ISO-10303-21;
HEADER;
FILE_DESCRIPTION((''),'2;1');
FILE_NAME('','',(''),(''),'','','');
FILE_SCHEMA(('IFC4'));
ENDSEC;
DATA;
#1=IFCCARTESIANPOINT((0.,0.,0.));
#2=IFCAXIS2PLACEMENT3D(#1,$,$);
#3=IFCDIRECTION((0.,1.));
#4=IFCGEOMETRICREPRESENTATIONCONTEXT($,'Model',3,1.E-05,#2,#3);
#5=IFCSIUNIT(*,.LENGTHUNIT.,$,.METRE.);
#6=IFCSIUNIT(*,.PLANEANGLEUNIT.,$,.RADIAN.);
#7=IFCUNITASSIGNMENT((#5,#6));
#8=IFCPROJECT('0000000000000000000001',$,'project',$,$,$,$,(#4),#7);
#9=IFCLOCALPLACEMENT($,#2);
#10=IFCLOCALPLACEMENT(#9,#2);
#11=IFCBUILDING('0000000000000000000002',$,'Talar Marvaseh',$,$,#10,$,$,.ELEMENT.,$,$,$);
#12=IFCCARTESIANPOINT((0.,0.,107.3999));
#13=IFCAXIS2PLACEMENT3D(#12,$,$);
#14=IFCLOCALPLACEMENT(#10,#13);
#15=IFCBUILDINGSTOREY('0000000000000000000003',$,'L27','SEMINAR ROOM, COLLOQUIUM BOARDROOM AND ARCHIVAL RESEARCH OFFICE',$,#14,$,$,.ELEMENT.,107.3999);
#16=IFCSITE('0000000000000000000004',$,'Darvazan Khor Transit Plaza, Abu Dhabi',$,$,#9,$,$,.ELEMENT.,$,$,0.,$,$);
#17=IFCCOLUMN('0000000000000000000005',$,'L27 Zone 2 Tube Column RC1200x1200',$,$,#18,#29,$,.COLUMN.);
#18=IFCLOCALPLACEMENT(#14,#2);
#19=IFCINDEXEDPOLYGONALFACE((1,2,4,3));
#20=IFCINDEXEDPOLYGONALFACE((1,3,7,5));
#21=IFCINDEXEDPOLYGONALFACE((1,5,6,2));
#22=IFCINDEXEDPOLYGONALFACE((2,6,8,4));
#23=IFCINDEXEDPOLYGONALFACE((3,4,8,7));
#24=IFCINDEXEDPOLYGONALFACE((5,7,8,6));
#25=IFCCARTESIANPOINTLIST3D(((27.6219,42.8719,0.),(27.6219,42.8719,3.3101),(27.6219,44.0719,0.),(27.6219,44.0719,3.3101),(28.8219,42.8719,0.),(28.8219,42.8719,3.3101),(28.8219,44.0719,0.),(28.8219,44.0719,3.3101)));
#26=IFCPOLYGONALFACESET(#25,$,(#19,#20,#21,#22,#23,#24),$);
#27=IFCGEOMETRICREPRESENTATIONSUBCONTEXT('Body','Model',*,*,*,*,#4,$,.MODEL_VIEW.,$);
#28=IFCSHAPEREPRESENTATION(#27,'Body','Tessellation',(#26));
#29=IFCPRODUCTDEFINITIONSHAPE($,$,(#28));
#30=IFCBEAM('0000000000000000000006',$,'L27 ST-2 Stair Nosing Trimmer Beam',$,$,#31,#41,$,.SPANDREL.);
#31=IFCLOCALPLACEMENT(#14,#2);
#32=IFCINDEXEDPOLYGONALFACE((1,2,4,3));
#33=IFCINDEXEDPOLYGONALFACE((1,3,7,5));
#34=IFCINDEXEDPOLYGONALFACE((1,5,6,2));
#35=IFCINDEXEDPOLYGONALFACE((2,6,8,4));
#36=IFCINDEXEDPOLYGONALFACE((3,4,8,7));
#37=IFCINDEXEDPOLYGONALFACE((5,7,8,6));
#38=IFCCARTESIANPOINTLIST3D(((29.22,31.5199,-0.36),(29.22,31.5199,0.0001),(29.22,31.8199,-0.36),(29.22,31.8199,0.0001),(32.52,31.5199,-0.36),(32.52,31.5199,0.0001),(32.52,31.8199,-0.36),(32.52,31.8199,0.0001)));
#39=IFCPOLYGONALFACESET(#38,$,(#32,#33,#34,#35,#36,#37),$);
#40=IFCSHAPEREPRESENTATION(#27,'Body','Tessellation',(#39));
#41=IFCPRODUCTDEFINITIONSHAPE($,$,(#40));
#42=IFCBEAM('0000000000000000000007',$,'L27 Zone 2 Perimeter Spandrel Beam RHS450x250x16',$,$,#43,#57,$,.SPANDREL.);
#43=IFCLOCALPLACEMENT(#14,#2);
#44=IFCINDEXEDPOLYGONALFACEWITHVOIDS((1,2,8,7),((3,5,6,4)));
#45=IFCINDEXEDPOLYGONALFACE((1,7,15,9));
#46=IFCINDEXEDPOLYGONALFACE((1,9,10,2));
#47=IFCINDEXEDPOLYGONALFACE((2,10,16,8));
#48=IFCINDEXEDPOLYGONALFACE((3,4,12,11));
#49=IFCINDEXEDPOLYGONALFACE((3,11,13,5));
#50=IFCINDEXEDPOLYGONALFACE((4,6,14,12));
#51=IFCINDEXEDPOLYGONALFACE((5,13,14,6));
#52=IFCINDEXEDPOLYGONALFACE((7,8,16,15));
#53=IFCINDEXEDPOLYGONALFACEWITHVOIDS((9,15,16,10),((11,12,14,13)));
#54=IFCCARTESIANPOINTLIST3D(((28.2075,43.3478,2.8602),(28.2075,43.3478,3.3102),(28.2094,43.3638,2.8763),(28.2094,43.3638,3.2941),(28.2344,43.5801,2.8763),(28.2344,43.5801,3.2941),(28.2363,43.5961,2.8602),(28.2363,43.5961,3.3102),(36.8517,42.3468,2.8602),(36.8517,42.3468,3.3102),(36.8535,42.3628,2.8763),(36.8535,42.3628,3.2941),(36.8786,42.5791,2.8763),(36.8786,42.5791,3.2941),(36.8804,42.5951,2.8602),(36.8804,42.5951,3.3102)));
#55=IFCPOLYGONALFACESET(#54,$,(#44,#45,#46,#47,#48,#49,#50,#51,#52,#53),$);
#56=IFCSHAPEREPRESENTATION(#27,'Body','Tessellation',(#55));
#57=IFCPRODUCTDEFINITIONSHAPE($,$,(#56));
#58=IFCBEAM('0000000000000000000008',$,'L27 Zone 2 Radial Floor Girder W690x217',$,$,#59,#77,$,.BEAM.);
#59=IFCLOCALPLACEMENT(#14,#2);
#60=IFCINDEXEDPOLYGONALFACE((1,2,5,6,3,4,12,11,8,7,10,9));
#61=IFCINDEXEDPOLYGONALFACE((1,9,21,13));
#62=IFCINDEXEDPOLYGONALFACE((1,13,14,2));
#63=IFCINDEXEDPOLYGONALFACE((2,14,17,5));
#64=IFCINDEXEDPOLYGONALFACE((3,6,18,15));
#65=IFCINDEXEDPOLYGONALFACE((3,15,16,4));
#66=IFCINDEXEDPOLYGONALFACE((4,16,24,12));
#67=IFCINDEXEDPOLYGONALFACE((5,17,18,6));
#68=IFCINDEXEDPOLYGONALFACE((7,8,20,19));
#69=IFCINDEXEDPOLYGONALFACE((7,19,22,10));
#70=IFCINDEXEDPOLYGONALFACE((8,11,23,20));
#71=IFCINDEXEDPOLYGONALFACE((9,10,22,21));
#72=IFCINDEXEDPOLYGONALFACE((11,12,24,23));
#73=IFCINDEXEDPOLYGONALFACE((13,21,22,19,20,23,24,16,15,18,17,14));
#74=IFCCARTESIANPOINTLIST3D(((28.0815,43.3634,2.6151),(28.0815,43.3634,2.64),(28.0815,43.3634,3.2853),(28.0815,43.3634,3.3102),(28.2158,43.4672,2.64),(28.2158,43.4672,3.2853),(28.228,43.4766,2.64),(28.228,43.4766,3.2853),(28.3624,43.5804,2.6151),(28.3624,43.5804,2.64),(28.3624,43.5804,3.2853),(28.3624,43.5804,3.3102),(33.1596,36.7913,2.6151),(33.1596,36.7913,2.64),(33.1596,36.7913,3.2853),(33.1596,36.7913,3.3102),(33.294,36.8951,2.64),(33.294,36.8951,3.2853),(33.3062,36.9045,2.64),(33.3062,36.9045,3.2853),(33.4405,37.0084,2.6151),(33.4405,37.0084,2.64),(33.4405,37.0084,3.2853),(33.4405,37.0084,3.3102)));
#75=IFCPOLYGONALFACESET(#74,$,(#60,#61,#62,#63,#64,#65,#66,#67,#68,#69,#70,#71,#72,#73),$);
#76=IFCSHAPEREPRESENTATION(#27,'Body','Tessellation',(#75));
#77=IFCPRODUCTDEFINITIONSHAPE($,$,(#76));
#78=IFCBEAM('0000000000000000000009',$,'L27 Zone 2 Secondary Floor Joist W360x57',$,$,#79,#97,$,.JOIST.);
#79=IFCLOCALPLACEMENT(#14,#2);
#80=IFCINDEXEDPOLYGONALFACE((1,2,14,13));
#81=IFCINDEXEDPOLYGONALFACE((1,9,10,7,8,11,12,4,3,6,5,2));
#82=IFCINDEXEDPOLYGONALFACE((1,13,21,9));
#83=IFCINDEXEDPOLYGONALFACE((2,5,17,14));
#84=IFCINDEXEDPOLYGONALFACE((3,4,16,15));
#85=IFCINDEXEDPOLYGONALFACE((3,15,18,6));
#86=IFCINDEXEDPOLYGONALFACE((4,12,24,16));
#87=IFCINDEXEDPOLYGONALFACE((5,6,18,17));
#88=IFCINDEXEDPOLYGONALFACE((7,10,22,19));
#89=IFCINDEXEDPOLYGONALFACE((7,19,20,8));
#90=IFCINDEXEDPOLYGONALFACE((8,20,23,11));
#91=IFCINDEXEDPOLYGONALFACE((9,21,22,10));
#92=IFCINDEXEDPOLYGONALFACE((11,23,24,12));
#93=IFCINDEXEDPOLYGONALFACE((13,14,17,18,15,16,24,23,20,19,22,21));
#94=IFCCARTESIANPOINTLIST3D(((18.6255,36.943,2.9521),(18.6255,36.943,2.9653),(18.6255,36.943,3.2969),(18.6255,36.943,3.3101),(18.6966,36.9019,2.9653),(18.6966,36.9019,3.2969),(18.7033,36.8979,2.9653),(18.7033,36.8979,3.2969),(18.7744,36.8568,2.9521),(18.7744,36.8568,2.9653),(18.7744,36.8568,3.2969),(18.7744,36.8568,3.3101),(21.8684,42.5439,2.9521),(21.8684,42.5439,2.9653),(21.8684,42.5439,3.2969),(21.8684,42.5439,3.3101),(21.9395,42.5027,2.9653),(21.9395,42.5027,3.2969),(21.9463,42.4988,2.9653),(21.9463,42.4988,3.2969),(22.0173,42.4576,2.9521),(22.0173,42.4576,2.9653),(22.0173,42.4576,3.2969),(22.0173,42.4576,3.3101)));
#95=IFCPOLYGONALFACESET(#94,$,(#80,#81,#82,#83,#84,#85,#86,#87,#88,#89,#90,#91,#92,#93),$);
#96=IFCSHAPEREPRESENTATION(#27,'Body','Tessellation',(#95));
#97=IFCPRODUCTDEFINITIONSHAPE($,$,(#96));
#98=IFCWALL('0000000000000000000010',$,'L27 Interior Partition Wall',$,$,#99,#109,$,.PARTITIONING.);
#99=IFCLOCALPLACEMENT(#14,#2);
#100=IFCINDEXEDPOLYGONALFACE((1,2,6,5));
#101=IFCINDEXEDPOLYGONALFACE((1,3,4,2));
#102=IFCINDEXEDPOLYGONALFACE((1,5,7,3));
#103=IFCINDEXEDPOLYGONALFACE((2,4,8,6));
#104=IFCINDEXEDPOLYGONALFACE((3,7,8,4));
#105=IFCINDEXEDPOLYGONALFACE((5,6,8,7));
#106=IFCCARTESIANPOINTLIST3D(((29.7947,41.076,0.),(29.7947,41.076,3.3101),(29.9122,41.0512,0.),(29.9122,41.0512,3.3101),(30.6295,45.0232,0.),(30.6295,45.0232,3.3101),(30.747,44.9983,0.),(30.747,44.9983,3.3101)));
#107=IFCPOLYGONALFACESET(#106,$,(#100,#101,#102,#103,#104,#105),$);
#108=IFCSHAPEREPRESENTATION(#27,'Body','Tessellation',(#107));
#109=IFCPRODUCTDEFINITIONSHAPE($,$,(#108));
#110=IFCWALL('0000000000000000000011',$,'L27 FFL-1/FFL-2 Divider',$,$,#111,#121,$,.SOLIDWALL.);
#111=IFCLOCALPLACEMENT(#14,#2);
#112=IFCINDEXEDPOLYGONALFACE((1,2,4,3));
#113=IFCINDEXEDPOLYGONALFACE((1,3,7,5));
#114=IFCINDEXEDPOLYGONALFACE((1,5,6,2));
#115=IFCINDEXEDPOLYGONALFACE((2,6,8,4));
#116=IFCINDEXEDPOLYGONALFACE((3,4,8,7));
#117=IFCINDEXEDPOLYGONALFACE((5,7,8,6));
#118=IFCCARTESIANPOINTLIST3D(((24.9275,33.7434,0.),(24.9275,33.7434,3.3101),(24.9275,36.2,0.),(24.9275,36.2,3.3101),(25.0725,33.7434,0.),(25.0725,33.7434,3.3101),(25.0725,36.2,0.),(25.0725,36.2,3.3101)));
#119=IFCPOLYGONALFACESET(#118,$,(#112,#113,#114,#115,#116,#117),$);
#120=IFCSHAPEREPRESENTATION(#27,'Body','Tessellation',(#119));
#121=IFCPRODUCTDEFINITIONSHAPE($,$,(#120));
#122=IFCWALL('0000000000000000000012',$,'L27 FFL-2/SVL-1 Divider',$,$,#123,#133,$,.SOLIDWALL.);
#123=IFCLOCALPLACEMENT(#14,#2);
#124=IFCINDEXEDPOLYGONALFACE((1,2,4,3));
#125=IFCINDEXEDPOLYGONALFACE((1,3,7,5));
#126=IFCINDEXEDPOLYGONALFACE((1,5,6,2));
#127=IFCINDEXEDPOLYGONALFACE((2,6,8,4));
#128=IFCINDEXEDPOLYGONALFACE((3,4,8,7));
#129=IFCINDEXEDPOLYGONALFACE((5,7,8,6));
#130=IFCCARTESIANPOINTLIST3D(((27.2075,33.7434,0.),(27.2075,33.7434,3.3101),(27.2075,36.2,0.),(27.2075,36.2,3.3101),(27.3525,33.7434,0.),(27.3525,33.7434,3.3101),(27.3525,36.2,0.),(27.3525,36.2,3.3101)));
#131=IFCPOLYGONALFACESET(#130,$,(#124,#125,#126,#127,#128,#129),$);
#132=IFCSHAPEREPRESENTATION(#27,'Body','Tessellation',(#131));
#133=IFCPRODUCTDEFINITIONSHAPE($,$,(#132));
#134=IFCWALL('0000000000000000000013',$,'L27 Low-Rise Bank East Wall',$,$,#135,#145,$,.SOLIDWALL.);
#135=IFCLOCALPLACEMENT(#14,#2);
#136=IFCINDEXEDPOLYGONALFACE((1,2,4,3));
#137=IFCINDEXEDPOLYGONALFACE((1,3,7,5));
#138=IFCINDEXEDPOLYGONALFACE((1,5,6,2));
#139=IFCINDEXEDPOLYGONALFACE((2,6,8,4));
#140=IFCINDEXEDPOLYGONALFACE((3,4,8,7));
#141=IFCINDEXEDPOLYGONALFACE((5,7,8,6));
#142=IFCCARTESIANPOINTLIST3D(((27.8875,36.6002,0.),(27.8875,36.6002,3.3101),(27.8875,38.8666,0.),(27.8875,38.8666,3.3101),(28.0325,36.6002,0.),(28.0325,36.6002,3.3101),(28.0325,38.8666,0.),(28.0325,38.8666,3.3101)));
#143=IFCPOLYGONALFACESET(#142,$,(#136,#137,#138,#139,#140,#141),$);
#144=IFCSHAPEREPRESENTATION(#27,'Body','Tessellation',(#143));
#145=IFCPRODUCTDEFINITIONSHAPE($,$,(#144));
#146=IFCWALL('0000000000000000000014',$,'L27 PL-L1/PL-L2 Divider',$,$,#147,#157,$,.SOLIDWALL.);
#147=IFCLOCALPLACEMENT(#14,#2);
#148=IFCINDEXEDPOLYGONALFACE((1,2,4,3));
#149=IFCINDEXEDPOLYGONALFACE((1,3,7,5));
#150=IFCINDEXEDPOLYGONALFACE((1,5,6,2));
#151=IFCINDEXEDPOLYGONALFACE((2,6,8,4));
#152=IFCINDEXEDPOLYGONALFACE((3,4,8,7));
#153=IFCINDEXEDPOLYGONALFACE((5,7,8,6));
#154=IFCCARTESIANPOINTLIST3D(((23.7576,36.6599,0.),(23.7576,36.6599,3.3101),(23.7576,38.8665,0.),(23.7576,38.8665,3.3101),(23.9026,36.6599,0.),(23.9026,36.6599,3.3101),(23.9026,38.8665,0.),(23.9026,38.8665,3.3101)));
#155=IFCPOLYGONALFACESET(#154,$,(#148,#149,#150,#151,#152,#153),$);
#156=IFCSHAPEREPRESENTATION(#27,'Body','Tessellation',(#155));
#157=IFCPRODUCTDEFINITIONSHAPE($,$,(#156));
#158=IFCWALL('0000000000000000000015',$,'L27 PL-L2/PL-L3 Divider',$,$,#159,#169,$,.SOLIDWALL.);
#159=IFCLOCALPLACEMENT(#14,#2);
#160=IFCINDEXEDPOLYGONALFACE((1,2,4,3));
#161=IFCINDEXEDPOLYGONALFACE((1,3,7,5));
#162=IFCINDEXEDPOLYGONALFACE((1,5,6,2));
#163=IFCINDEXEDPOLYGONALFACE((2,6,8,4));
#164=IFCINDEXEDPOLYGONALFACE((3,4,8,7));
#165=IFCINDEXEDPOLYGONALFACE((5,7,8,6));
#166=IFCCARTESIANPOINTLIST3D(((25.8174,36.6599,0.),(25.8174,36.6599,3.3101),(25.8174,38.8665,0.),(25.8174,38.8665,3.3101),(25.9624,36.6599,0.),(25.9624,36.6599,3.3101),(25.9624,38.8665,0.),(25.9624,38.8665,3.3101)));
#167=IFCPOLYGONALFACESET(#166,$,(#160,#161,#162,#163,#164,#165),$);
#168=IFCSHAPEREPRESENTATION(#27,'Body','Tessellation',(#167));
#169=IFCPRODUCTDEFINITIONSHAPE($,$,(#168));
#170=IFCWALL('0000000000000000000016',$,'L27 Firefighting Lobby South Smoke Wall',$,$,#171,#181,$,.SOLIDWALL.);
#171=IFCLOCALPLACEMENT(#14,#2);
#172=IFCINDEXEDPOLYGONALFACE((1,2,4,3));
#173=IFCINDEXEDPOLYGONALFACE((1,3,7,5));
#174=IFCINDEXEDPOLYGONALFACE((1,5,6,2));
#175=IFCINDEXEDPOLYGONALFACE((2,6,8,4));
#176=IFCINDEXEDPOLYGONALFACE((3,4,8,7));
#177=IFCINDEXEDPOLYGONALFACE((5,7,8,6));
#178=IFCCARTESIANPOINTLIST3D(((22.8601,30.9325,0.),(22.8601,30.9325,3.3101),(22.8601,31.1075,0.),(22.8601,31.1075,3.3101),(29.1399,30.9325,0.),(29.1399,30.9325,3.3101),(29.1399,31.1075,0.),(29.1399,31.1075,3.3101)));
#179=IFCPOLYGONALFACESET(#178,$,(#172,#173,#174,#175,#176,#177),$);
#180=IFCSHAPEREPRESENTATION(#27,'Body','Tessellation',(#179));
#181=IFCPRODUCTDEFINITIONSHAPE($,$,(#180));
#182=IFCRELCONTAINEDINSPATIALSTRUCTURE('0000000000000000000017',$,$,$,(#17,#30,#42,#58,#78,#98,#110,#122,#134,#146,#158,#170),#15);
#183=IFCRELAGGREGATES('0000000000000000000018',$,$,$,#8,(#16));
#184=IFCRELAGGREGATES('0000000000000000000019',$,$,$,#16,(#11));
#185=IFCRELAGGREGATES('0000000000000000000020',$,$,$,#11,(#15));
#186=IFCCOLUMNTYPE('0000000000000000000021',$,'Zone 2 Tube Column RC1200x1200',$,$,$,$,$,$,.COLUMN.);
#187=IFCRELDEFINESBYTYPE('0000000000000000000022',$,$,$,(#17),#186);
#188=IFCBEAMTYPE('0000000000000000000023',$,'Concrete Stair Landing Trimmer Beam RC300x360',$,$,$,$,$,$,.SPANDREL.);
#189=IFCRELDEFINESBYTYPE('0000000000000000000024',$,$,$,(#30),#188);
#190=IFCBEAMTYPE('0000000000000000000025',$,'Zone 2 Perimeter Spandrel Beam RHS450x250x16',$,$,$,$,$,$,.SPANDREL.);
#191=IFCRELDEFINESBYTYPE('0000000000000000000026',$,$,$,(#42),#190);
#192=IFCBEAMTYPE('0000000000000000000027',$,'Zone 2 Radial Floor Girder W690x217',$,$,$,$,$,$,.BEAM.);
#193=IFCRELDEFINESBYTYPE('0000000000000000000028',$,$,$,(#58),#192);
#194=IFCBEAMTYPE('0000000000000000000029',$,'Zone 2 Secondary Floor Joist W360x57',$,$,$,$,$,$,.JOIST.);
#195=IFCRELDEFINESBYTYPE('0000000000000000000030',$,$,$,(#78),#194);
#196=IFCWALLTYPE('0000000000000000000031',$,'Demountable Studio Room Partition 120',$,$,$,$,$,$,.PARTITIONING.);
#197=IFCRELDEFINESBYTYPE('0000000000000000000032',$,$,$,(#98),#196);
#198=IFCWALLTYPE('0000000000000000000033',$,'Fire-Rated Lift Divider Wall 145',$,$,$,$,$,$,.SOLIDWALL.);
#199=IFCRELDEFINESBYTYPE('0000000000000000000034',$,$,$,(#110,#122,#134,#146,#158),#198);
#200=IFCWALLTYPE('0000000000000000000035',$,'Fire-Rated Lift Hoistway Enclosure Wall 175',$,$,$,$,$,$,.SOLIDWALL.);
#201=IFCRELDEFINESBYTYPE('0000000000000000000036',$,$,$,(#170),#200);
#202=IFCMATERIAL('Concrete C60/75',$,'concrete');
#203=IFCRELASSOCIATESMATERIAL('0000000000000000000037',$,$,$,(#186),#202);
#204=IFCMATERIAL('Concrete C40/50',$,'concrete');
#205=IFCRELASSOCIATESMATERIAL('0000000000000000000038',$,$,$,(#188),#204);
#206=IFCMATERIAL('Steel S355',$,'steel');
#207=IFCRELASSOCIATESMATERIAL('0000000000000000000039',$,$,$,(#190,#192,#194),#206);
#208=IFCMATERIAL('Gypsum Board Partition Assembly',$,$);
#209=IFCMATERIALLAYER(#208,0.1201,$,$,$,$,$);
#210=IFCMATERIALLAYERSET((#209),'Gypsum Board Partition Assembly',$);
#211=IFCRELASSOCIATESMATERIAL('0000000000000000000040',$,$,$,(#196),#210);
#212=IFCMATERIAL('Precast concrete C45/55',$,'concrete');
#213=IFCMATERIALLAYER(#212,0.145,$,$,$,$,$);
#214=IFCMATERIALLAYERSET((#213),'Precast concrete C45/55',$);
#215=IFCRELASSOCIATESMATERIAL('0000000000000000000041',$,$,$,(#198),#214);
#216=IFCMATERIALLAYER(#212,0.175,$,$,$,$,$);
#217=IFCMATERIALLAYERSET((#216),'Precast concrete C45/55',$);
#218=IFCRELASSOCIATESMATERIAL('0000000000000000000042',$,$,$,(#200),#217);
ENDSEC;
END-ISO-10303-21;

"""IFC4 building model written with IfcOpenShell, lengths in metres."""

from ifc_helpers import new_model, si_unit, direction, frame, frame_2d, origin, origin_2d, place, context, subcontext, project, spatial, rectangle, hollow_rectangle, i_section, extrude, material, layer, layer_set, material_profile, profile_set, type_object, element, save


model = new_model("IFC4")

# Units and contexts
model_context = context("Model", 3, precision=1e-05, world=origin(), true_north=direction((0.0, 1.0)))
body_context = subcontext(model_context, "Body", "Model", "MODEL_VIEW")
ifc_project = project(units=[si_unit("LENGTHUNIT", "METRE"), si_unit("PLANEANGLEUNIT", "RADIAN")], contexts=[model_context])

# Site, building, storey
site_placement = place(None, origin())
site = spatial("IfcSite", under=ifc_project, at=site_placement, Name="Darvazan Khor Transit Plaza, Abu Dhabi", CompositionType="ELEMENT", RefElevation=0.0)
building_placement = place(site_placement, origin())
building = spatial("IfcBuilding", under=site, at=building_placement, Name="Talar Marvaseh", CompositionType="ELEMENT")
storey_placement = place(building_placement, frame((0.0, 0.0, 107.3999)))
storey = spatial("IfcBuildingStorey", under=building, at=storey_placement, Name="L27", Description="SEMINAR ROOM, COLLOQUIUM BOARDROOM AND ARCHIVAL RESEARCH OFFICE", CompositionType="ELEMENT", Elevation=107.3999)

# Column
ifc_material_1 = material(Name="Concrete C60/75", Category="concrete")
ifc_material_profile_1 = material_profile(ifc_material_1, rectangle(XDim=1.2, YDim=1.2, at=origin_2d()), Name="RC1200x1200")
ifc_profile_set_1 = profile_set([ifc_material_profile_1], Name="Concrete C60/75")
column_type = type_object("IfcColumnType", Name="Zone 2 Tube Column RC1200x1200", PredefinedType="COLUMN", material=ifc_profile_set_1)
column_placement = place(storey_placement, frame((28.2219, 43.4719, 0.0), z_axis=(0.0, 0.0, 1.0), x_axis=(1.0, 0.0, 0.0)))
element("IfcColumn", 1, at=column_placement, inside=storey, type_object=column_type, Name="L27 Zone 2 Tube Column RC1200x1200", PredefinedType="COLUMN", context=body_context, shape_type="SweptSolid", body=[
    extrude(rectangle(XDim=1.2, YDim=1.2, at=origin_2d()), origin(), (0.0, 0.0, 1.0), 3.3101),
])

# Beams
ifc_material_2 = material(Name="Concrete C40/50", Category="concrete")
ifc_material_profile_2 = material_profile(ifc_material_2, rectangle(XDim=0.3, YDim=0.3601, at=origin_2d()), Name="RC300x360")
ifc_profile_set_2 = profile_set([ifc_material_profile_2], Name="Concrete C40/50")
beam_type_1 = type_object("IfcBeamType", Name="Concrete Stair Landing Trimmer Beam RC300x360", PredefinedType="SPANDREL", material=ifc_profile_set_2)
beam_1_placement = place(storey_placement, frame((29.22, 31.6699, -0.1799), z_axis=(1.0, 0.0, 0.0), x_axis=(0.0, 1.0, 0.0)))
element("IfcBeam", 2, at=beam_1_placement, inside=storey, type_object=beam_type_1, Name="L27 ST-2 Stair Nosing Trimmer Beam", PredefinedType="SPANDREL", context=body_context, shape_type="SweptSolid", body=[
    extrude(rectangle(XDim=0.3, YDim=0.3601, at=origin_2d()), origin(), (0.0, 0.0, 1.0), 3.3),
])
ifc_material_3 = material(Name="Steel S355", Category="steel")
ifc_material_profile_3 = material_profile(ifc_material_3, hollow_rectangle(XDim=0.25, YDim=0.45, WallThickness=0.0161, at=origin_2d()), Name="RHS450x250x16")
ifc_profile_set_3 = profile_set([ifc_material_profile_3], Name="Steel S355")
beam_type_2 = type_object("IfcBeamType", Name="Zone 2 Perimeter Spandrel Beam RHS450x250x16", PredefinedType="SPANDREL", material=ifc_profile_set_3)
beam_2_placement = place(storey_placement, frame((28.2219, 43.4719, 3.0852), z_axis=(0.993362, -0.115031, 0.0), x_axis=(0.115031, 0.993362, 0.0)))
element("IfcBeam", 3, at=beam_2_placement, inside=storey, type_object=beam_type_2, Name="L27 Zone 2 Perimeter Spandrel Beam RHS450x250x16", PredefinedType="SPANDREL", context=body_context, shape_type="SweptSolid", body=[
    extrude(hollow_rectangle(XDim=0.25, YDim=0.45, WallThickness=0.0161, at=origin_2d()), origin(), (0.0, 0.0, 1.0), 8.7019),
])
ifc_material_profile_4 = material_profile(ifc_material_3, i_section(OverallWidth=0.355, OverallDepth=0.6951, WebThickness=0.0154, FlangeThickness=0.0249, at=origin_2d()), Name="W690x217")
ifc_profile_set_4 = profile_set([ifc_material_profile_4], Name="Steel S355")
beam_type_3 = type_object("IfcBeamType", Name="Zone 2 Radial Floor Girder W690x217", PredefinedType="BEAM", material=ifc_profile_set_4)
beam_3_placement = place(storey_placement, frame((28.2219, 43.4719, 2.9626), z_axis=(0.611428, -0.7913, 0.0), x_axis=(0.7913, 0.611428, 0.0)))
element("IfcBeam", 4, at=beam_3_placement, inside=storey, type_object=beam_type_3, Name="L27 Zone 2 Radial Floor Girder W690x217", PredefinedType="BEAM", context=body_context, shape_type="SweptSolid", body=[
    extrude(i_section(OverallWidth=0.355, OverallDepth=0.6951, WebThickness=0.0154, FlangeThickness=0.0249, at=origin_2d()), origin(), (0.0, 0.0, 1.0), 8.3054),
])
ifc_material_profile_5 = material_profile(ifc_material_3, i_section(OverallWidth=0.1721, OverallDepth=0.3579, WebThickness=0.0078, FlangeThickness=0.0132, at=origin_2d()), Name="W360x57")
ifc_profile_set_5 = profile_set([ifc_material_profile_5], Name="Steel S355")
beam_type_4 = type_object("IfcBeamType", Name="Zone 2 Secondary Floor Joist W360x57", PredefinedType="JOIST", material=ifc_profile_set_5)
beam_4_placement = place(storey_placement, frame((21.9429, 42.5007, 3.1311), z_axis=(-0.501075, -0.865404, 0.0), x_axis=(0.865404, -0.501075, 0.0)))
element("IfcBeam", 5, at=beam_4_placement, inside=storey, type_object=beam_type_4, Name="L27 Zone 2 Secondary Floor Joist W360x57", PredefinedType="JOIST", context=body_context, shape_type="SweptSolid", body=[
    extrude(i_section(OverallWidth=0.1721, OverallDepth=0.3579, WebThickness=0.0078, FlangeThickness=0.0132, at=origin_2d()), origin(), (0.0, 0.0, 1.0), 6.4719),
])

# Walls
ifc_material_4 = material(Name="Gypsum Board Partition Assembly")
ifc_layer_1 = layer(ifc_material_4, 0.1201)
ifc_layer_set_1 = layer_set([ifc_layer_1], Name="Gypsum Board Partition Assembly")
wall_type_1 = type_object("IfcWallType", Name="Demountable Studio Room Partition 120", PredefinedType="PARTITIONING", material=ifc_layer_set_1)
wall_1_placement = place(storey_placement, frame((29.8535, 41.0637, 0.0), z_axis=(0.0, 0.0, 1.0), x_axis=(0.206904, 0.978361, 0.0)))
element("IfcWall", 6, at=wall_1_placement, inside=storey, type_object=wall_type_1, Name="L27 Interior Partition Wall", PredefinedType="PARTITIONING", context=body_context, shape_type="SweptSolid", body=[
    extrude(rectangle(XDim=4.0344, YDim=0.1201, at=frame_2d((2.0171, 0.0))), origin(), (0.0, 0.0, 1.0), 3.3101),
])
ifc_material_5 = material(Name="Precast concrete C45/55", Category="concrete")
ifc_layer_2 = layer(ifc_material_5, 0.145)
ifc_layer_set_2 = layer_set([ifc_layer_2], Name="Precast concrete C45/55")
wall_type_2 = type_object("IfcWallType", Name="Fire-Rated Lift Divider Wall 145", PredefinedType="SOLIDWALL", material=ifc_layer_set_2)
for number, where, z_axis, x_axis, name in (
    (7, (25.0, 33.7434, 0.0), (0.0, 0.0, 1.0), (0.0, 1.0, 0.0), "L27 FFL-1/FFL-2 Divider"),
    (8, (27.28, 33.7434, 0.0), (0.0, 0.0, 1.0), (0.0, 1.0, 0.0), "L27 FFL-2/SVL-1 Divider"),
):
    element("IfcWall", number, at=place(storey_placement, frame(where, z_axis=z_axis, x_axis=x_axis)), inside=storey, type_object=wall_type_2, Name=name, PredefinedType="SOLIDWALL", context=body_context, shape_type="SweptSolid", body=[
        extrude(rectangle(XDim=2.4565, YDim=0.145, at=frame_2d((1.2283, 0.0))), origin(), (0.0, 0.0, 1.0), 3.3101),
    ])
wall_2_placement = place(storey_placement, frame((27.96, 36.6001, 0.0), z_axis=(0.0, 0.0, 1.0), x_axis=(0.0, 1.0, 0.0)))
element("IfcWall", 9, at=wall_2_placement, inside=storey, type_object=wall_type_2, Name="L27 Low-Rise Bank East Wall", PredefinedType="SOLIDWALL", context=body_context, shape_type="SweptSolid", body=[
    extrude(rectangle(XDim=2.2664, YDim=0.145, at=frame_2d((1.1333, 0.0))), origin(), (0.0, 0.0, 1.0), 3.3101),
])
for number, where, z_axis, x_axis, name in (
    (10, (23.8301, 36.6599, 0.0), (0.0, 0.0, 1.0), (0.0, 1.0, 0.0), "L27 PL-L1/PL-L2 Divider"),
    (11, (25.8899, 36.6599, 0.0), (0.0, 0.0, 1.0), (0.0, 1.0, 0.0), "L27 PL-L2/PL-L3 Divider"),
):
    element("IfcWall", number, at=place(storey_placement, frame(where, z_axis=z_axis, x_axis=x_axis)), inside=storey, type_object=wall_type_2, Name=name, PredefinedType="SOLIDWALL", context=body_context, shape_type="SweptSolid", body=[
        extrude(rectangle(XDim=2.2065, YDim=0.145, at=frame_2d((1.1033, 0.0))), origin(), (0.0, 0.0, 1.0), 3.3101),
    ])

# Shared definitions
ifc_layer_3 = layer(ifc_material_5, 0.175)
ifc_layer_set_3 = layer_set([ifc_layer_3], Name="Precast concrete C45/55")
wall_type_3 = type_object("IfcWallType", Name="Fire-Rated Lift Hoistway Enclosure Wall 175", PredefinedType="SOLIDWALL", material=ifc_layer_set_3)

# Wall
wall_3_placement = place(storey_placement, frame((22.8601, 31.02, 0.0), z_axis=(0.0, 0.0, 1.0), x_axis=(1.0, 0.0, 0.0)))
element("IfcWall", 12, at=wall_3_placement, inside=storey, type_object=wall_type_3, Name="L27 Firefighting Lobby South Smoke Wall", PredefinedType="SOLIDWALL", context=body_context, shape_type="SweptSolid", body=[
    extrude(rectangle(XDim=6.2798, YDim=0.175, at=frame_2d((3.1399, 0.0))), origin(), (0.0, 0.0, 1.0), 3.3101),
])

save(model, "model.ifc")
